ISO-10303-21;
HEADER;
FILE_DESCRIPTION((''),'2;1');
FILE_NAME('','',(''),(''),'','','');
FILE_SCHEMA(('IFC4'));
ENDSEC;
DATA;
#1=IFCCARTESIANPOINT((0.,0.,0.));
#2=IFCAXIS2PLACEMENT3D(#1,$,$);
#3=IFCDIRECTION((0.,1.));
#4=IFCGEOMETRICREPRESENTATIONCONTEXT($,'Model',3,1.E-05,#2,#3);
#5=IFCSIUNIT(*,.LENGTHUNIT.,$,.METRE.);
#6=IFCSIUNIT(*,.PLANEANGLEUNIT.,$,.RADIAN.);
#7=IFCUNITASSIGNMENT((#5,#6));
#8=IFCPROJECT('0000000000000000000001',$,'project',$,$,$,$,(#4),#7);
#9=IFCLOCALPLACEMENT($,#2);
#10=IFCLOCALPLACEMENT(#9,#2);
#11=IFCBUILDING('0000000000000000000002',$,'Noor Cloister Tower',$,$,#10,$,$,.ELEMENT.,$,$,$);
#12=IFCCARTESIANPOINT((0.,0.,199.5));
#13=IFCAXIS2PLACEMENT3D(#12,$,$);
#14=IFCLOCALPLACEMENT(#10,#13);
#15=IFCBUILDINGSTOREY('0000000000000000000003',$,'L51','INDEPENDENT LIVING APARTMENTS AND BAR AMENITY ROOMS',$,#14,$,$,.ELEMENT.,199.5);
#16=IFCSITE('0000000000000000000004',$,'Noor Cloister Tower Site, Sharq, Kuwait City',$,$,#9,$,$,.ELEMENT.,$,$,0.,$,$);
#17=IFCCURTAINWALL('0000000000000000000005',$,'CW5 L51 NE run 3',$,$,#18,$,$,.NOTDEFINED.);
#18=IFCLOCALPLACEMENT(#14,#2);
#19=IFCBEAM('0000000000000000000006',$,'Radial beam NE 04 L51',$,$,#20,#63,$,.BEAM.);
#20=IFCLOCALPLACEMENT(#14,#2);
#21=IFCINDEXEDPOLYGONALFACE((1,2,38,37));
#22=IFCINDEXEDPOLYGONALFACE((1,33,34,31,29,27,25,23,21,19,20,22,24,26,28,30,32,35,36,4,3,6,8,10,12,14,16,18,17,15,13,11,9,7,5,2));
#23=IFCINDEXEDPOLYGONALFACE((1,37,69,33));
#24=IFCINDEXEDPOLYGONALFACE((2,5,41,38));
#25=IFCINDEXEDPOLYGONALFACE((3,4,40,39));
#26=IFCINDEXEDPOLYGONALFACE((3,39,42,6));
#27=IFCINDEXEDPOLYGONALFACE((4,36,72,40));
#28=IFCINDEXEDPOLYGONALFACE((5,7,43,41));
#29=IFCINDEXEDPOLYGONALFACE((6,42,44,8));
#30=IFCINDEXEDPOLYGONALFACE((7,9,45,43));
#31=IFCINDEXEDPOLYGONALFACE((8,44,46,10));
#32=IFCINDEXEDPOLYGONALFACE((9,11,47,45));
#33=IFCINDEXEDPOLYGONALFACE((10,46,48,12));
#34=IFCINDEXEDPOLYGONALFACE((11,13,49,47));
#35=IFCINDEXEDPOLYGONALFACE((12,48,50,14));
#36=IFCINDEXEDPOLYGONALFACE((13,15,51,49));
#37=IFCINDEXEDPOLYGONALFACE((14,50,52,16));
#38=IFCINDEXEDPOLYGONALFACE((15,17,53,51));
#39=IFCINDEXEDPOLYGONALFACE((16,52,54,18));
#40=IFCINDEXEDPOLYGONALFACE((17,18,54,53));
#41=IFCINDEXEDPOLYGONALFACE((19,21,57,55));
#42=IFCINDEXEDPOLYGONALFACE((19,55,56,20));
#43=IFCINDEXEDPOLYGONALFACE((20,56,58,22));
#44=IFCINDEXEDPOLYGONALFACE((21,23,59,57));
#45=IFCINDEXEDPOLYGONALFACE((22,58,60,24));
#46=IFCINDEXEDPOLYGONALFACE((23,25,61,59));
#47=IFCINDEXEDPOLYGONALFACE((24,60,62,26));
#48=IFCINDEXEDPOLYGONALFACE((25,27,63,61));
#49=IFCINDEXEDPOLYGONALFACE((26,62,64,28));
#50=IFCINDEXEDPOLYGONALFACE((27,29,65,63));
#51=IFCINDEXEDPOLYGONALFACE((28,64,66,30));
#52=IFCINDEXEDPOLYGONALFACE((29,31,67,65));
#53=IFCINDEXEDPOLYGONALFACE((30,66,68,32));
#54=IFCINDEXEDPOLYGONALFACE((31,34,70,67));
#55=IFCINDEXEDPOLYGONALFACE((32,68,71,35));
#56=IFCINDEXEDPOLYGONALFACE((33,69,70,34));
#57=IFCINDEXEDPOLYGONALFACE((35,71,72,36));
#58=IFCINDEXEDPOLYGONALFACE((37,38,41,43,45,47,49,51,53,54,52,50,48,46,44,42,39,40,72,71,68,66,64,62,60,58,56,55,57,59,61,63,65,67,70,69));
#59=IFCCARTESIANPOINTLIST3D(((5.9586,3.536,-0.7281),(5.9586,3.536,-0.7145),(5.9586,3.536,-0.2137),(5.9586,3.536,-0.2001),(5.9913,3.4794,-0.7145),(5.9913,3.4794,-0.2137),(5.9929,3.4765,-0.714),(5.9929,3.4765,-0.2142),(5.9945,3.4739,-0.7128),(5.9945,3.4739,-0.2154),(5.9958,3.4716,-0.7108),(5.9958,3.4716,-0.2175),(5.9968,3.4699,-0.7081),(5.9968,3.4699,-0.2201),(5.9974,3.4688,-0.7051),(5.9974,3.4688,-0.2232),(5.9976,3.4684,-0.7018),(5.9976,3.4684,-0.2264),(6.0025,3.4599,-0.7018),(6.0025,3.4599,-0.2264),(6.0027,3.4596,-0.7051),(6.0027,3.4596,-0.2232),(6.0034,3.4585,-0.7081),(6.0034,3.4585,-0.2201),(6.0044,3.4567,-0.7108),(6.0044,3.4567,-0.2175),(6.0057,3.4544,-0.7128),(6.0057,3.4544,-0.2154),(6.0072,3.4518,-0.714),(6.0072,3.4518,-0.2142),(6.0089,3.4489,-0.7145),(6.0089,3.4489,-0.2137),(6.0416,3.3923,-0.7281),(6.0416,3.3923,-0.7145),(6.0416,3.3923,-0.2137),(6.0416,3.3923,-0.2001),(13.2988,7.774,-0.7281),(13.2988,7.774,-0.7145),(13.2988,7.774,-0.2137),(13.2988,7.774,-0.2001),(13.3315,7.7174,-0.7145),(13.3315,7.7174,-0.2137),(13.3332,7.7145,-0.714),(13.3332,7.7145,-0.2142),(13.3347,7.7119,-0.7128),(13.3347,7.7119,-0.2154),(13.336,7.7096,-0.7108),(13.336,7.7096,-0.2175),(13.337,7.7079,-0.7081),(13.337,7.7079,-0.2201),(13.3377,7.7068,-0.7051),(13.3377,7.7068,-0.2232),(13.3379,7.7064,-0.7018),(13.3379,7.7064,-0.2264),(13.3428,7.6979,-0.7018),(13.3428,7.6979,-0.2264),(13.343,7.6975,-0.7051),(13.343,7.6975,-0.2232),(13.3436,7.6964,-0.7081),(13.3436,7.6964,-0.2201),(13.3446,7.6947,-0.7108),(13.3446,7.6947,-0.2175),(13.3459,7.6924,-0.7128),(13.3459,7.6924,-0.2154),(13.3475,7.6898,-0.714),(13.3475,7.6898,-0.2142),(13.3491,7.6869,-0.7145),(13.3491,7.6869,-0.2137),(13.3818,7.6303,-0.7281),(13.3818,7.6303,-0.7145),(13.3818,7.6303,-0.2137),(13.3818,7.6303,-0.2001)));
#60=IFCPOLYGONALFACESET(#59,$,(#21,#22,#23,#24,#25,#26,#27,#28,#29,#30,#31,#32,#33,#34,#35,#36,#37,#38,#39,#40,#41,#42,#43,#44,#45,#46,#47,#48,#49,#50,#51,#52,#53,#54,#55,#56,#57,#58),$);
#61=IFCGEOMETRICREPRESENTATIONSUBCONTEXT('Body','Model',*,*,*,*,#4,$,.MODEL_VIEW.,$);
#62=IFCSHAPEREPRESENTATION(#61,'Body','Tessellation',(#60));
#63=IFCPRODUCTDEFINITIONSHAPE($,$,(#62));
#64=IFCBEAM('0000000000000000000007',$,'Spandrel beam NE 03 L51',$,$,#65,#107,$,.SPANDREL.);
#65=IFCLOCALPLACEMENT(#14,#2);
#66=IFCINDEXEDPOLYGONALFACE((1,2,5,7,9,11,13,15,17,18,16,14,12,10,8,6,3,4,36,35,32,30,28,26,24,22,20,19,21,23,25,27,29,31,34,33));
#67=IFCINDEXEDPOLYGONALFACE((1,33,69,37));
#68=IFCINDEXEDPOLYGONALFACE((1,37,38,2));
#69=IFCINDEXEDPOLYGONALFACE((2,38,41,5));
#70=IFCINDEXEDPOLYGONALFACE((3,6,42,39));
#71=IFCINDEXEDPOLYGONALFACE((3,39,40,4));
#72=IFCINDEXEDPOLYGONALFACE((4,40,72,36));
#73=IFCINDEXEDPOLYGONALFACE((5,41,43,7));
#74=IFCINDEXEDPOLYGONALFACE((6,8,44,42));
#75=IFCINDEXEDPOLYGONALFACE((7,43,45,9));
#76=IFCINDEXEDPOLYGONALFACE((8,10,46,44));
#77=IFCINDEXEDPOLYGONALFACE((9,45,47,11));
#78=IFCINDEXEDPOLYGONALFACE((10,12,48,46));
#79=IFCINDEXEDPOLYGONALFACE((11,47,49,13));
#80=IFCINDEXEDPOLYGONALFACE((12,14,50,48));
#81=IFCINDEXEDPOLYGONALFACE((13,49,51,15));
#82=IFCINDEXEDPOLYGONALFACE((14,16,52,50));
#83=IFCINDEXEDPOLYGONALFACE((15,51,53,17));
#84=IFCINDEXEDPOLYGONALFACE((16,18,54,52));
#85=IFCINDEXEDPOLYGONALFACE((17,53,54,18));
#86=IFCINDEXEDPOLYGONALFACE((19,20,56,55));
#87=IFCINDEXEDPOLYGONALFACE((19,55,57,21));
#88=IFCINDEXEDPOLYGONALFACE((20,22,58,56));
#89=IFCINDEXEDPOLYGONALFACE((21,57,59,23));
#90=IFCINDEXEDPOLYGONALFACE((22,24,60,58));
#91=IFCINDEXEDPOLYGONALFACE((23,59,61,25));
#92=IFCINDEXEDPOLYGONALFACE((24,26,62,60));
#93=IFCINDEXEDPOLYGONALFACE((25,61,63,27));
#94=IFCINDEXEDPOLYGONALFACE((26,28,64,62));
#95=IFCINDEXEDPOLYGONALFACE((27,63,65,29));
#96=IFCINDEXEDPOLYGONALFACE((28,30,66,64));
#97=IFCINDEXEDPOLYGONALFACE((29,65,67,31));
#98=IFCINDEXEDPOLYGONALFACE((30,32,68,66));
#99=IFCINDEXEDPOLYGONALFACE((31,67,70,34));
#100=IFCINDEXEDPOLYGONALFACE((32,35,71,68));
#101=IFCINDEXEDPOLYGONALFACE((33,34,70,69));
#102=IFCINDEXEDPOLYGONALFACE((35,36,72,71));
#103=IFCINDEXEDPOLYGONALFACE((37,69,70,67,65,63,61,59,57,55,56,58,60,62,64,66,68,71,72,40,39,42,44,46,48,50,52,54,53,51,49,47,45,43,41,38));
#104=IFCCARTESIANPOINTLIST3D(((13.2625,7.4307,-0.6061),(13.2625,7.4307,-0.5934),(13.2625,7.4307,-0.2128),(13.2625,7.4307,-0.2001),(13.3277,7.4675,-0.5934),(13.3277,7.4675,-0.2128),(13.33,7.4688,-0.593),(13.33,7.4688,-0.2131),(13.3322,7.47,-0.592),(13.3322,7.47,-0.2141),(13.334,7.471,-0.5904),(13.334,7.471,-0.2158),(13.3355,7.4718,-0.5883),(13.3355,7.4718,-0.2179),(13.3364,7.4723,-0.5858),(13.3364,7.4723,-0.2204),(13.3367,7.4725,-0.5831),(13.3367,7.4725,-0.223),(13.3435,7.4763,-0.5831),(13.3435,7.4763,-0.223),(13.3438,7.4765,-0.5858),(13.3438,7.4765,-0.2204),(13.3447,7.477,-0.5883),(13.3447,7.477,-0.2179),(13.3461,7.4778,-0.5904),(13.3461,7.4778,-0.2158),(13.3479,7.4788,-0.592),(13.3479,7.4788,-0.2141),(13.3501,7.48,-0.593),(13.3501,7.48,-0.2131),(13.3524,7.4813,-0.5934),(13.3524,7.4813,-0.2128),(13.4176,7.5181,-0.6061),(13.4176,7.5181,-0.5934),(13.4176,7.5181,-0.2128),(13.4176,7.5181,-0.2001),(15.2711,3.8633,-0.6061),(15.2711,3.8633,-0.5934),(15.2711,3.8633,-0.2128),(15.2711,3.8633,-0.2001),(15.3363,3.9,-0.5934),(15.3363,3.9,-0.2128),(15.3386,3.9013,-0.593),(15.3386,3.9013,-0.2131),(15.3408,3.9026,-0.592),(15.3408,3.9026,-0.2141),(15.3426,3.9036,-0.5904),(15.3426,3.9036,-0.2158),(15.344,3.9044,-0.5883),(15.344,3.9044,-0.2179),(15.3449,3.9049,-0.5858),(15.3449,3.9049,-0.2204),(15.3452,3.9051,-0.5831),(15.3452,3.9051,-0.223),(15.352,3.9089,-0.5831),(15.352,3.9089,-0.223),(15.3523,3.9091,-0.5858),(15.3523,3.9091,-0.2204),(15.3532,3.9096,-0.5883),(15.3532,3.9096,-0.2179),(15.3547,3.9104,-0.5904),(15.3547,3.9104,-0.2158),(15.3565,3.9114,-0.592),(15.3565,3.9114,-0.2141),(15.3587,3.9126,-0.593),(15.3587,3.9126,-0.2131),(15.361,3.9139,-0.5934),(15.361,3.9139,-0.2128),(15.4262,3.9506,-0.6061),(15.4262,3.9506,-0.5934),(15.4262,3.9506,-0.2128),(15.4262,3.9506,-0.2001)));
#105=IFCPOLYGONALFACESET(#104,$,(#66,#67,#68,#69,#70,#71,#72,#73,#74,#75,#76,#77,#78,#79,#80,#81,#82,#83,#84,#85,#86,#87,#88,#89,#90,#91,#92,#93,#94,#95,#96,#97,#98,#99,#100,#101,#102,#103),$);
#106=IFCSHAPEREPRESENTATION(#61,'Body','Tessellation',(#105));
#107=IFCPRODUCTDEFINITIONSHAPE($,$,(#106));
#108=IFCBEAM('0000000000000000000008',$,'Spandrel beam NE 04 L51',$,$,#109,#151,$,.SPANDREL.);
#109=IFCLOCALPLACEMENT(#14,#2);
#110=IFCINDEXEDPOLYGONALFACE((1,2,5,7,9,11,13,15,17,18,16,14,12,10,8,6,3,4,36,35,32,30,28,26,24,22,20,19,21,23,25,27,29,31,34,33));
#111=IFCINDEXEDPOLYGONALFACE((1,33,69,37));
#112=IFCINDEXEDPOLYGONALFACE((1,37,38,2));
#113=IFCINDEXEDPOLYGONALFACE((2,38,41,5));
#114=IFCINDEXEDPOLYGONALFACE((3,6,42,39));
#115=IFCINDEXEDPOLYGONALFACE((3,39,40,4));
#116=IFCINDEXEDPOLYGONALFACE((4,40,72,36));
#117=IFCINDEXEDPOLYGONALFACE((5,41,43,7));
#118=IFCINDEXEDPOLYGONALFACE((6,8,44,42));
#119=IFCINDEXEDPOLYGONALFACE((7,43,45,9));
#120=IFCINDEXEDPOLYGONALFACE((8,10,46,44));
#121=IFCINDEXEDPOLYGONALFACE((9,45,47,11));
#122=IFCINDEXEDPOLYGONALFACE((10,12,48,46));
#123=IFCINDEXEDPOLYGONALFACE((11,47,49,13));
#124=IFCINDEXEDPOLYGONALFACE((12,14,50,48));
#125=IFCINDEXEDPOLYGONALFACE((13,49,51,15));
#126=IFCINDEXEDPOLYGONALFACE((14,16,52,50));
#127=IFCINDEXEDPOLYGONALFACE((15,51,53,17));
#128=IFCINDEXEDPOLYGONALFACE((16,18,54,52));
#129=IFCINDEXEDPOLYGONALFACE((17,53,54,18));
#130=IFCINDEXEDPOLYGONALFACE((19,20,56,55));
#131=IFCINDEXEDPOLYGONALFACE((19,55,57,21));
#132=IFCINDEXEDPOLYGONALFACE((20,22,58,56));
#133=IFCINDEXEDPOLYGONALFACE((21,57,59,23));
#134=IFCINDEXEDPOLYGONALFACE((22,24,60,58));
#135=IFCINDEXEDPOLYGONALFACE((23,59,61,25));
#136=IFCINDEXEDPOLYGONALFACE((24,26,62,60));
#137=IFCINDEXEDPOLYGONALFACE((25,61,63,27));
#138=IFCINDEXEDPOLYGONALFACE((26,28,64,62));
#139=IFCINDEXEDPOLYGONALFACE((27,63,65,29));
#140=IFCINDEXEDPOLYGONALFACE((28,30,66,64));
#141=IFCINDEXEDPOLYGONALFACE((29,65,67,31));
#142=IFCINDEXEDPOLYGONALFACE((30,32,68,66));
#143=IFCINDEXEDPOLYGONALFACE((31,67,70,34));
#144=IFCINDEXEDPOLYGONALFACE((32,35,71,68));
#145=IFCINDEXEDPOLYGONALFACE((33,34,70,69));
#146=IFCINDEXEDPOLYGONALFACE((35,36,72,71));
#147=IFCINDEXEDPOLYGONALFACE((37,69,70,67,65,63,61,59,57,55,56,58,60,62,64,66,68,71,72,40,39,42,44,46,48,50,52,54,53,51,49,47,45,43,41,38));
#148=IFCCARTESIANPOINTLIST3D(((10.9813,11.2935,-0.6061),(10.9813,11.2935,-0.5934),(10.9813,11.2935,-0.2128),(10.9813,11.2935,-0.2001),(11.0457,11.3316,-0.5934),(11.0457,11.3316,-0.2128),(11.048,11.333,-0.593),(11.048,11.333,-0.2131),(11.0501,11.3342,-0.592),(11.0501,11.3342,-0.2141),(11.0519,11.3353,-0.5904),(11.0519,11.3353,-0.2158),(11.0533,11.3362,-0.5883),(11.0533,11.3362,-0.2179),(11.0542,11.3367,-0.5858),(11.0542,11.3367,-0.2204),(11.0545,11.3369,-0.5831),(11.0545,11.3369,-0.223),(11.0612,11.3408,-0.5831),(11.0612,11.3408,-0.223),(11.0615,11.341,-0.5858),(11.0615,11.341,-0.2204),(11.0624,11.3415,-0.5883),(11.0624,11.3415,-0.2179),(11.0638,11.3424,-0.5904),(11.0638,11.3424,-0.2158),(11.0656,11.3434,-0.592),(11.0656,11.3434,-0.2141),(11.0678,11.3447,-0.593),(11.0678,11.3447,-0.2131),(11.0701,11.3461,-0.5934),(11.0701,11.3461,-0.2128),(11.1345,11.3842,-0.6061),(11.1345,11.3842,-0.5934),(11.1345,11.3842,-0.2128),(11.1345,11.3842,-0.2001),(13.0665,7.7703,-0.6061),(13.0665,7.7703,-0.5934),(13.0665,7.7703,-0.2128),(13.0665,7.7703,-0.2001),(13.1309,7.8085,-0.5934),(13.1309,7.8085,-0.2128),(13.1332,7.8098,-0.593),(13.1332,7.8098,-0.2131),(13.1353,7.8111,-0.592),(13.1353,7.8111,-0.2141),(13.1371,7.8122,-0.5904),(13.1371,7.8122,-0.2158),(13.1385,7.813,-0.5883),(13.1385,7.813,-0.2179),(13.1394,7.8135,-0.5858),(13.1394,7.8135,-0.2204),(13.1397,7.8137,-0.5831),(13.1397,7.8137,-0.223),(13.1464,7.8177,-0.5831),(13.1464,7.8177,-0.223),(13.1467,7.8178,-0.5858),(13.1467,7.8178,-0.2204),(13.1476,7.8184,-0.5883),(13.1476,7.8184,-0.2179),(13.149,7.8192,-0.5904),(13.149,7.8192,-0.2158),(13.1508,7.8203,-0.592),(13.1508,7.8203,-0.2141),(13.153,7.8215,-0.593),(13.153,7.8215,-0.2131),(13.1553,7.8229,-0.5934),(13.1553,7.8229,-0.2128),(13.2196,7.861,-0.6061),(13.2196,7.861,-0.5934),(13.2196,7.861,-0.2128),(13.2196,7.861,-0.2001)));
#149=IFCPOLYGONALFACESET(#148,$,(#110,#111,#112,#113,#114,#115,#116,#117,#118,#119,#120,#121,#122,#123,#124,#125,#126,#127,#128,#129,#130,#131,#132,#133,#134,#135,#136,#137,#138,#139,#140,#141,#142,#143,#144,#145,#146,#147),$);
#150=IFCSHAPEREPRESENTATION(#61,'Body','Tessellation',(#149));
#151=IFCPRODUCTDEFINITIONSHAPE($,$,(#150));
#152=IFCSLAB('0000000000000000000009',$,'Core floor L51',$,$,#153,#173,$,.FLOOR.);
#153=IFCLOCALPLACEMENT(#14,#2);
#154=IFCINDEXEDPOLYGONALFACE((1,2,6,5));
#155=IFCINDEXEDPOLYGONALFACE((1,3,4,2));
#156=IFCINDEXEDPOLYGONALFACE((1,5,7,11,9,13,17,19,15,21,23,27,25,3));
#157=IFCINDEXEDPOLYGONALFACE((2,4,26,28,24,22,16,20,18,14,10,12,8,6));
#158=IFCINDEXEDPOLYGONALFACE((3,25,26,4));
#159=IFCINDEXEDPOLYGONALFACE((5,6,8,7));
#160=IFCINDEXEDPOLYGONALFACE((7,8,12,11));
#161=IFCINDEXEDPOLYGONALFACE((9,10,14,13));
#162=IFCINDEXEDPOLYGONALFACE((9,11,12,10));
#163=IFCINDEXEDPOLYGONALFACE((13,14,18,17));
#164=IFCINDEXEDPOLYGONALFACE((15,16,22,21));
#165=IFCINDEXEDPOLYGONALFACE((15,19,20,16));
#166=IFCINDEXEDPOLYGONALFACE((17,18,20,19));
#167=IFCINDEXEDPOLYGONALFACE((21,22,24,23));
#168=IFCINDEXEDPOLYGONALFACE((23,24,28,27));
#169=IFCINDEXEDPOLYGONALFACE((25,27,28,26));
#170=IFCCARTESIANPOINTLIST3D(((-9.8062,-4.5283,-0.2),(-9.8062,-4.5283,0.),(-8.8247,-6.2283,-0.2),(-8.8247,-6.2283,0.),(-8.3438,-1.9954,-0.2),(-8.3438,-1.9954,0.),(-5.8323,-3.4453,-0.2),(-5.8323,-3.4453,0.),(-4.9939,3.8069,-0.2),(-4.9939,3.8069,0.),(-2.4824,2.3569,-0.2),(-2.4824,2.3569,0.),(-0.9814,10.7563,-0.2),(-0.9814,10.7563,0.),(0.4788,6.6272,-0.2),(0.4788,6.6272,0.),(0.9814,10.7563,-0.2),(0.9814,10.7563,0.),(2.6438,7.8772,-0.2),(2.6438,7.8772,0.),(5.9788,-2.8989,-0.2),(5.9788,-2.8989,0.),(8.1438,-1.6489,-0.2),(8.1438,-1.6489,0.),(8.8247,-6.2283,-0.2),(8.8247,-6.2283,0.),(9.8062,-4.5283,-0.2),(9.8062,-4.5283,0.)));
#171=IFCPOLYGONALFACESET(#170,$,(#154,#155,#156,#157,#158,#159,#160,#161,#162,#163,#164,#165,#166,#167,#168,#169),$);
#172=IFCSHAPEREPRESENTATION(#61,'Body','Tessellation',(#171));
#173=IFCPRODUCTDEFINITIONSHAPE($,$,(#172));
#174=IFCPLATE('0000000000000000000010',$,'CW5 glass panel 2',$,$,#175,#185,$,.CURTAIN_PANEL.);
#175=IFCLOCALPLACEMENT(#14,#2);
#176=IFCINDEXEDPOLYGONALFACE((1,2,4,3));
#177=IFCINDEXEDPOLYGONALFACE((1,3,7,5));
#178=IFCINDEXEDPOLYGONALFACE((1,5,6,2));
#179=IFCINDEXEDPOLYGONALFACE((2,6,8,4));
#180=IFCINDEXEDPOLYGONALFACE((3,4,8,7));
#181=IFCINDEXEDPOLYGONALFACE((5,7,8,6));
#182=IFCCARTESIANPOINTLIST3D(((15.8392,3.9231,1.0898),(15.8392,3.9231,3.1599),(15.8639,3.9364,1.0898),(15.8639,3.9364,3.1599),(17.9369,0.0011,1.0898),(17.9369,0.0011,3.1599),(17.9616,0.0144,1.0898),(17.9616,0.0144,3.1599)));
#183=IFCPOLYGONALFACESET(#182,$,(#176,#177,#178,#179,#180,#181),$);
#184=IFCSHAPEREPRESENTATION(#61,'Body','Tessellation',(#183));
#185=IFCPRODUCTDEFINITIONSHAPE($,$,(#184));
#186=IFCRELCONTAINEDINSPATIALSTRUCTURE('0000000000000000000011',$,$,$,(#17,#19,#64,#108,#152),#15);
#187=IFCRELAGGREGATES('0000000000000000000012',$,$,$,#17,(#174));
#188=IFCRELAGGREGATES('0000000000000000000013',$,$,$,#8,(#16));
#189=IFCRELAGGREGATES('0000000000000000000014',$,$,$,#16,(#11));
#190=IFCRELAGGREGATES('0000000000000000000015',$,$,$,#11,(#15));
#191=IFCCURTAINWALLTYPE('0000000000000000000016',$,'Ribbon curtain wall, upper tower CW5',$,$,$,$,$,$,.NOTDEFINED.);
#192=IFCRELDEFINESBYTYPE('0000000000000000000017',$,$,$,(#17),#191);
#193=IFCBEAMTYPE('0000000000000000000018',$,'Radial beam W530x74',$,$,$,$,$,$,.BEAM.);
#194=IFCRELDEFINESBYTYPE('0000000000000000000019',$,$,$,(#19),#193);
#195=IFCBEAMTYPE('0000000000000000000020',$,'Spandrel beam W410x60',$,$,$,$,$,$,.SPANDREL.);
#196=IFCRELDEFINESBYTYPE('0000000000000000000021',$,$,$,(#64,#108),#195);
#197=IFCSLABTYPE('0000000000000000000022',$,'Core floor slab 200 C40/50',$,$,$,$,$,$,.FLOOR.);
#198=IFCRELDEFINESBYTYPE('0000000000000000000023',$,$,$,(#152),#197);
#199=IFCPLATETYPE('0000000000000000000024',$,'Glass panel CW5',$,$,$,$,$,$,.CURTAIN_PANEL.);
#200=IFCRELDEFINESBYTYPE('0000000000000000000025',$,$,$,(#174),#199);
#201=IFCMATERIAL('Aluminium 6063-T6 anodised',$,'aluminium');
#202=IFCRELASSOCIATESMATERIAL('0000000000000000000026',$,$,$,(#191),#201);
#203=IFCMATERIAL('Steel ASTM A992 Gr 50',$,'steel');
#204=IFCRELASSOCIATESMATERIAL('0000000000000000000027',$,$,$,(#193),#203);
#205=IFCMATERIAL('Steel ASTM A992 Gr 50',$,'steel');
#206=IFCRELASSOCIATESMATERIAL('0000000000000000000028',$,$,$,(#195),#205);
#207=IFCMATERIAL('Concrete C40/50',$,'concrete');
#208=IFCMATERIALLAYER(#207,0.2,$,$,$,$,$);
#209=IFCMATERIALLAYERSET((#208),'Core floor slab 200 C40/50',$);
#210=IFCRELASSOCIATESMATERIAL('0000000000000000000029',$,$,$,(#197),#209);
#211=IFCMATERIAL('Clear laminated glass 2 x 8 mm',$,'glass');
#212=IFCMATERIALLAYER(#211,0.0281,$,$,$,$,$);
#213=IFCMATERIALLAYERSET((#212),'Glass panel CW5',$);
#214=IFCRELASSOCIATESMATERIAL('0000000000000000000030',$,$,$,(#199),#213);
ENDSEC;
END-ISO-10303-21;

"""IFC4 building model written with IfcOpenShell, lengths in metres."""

from ifc_helpers import new_model, si_unit, direction, frame, origin, origin_2d, place, context, subcontext, project, spatial, polyline, rectangle, i_section, outline, extrude, material, layer, layer_set, material_profile, profile_set, type_object, element, aggregate, save


model = new_model("IFC4")

# Units and contexts
model_context = context("Model", 3, precision=1e-05, world=origin(), true_north=direction((0.0, 1.0)))
body_context = subcontext(model_context, "Body", "Model", "MODEL_VIEW")
ifc_project = project(units=[si_unit("LENGTHUNIT", "METRE"), si_unit("PLANEANGLEUNIT", "RADIAN")], contexts=[model_context])

# Site, building, storey
site_placement = place(None, origin())
site = spatial("IfcSite", under=ifc_project, at=site_placement, Name="Noor Cloister Tower Site, Sharq, Kuwait City", CompositionType="ELEMENT", RefElevation=0.0)
building_placement = place(site_placement, origin())
building = spatial("IfcBuilding", under=site, at=building_placement, Name="Noor Cloister Tower", CompositionType="ELEMENT")
storey_placement = place(building_placement, frame((0.0, 0.0, 199.5)))
storey = spatial("IfcBuildingStorey", under=building, at=storey_placement, Name="L51", Description="INDEPENDENT LIVING APARTMENTS AND BAR AMENITY ROOMS", CompositionType="ELEMENT", Elevation=199.5)

# Curtain wall
ifc_material_1 = material(Name="Aluminium 6063-T6 anodised", Category="aluminium")
curtain_wall_type = type_object("IfcCurtainWallType", Name="Ribbon curtain wall, upper tower CW5", PredefinedType="NOTDEFINED", material=ifc_material_1)
curtain_wall_placement = place(storey_placement, origin())
curtain_wall = element("IfcCurtainWall", 1, at=curtain_wall_placement, inside=storey, type_object=curtain_wall_type, Name="CW5 L51 NE run 3", PredefinedType="NOTDEFINED")

# Beams
ifc_material_2 = material(Name="Steel ASTM A992 Gr 50", Category="steel")
ifc_material_profile_1 = material_profile(ifc_material_2, i_section(OverallWidth=0.166, OverallDepth=0.5281, WebThickness=0.0098, FlangeThickness=0.0137, FilletRadius=0.0127, at=origin_2d()), Name="W530x74")
ifc_profile_set_1 = profile_set([ifc_material_profile_1], Name="Steel ASTM A992 Gr 50")
beam_type_1 = type_object("IfcBeamType", Name="Radial beam W530x74", PredefinedType="BEAM", material=ifc_profile_set_1)
beam_1_placement = place(storey_placement, frame((13.3403, 7.7021, -0.4641), z_axis=(-0.866021, -0.500008, 0.0), x_axis=(0.500008, -0.866021, 0.0)))
element("IfcBeam", 2, at=beam_1_placement, inside=storey, type_object=beam_type_1, Name="Radial beam NE 04 L51", PredefinedType="BEAM", context=body_context, shape_type="SweptSolid", body=[
    extrude(i_section(OverallWidth=0.166, OverallDepth=0.5281, WebThickness=0.0098, FlangeThickness=0.0137, FilletRadius=0.0127, at=origin_2d()), origin(), (0.0, 0.0, 1.0), 8.4758),
])
ifc_material_3 = material(Name="Steel ASTM A992 Gr 50", Category="steel")
ifc_material_profile_2 = material_profile(ifc_material_3, i_section(OverallWidth=0.178, OverallDepth=0.406, WebThickness=0.0078, FlangeThickness=0.0127, FilletRadius=0.0103, at=origin_2d()), Name="W410x60")
ifc_profile_set_2 = profile_set([ifc_material_profile_2], Name="Steel ASTM A992 Gr 50")
beam_type_2 = type_object("IfcBeamType", Name="Spandrel beam W410x60", PredefinedType="SPANDREL", material=ifc_profile_set_2)
for number, where, z_axis, x_axis, name in (
    (3, (15.3486, 3.907, -0.4031), (-0.490612, 0.871378, 0.0), (-0.871378, -0.490612, 0.0), "Spandrel beam NE 03 L51"),
    (4, (13.1431, 7.8157, -0.4031), (-0.50933, 0.860571, 0.0), (-0.860571, -0.50933, 0.0), "Spandrel beam NE 04 L51"),
):
    element("IfcBeam", number, at=place(storey_placement, frame(where, z_axis=z_axis, x_axis=x_axis)), inside=storey, type_object=beam_type_2, Name=name, PredefinedType="SPANDREL", context=body_context, shape_type="SweptSolid", body=[
        extrude(i_section(OverallWidth=0.178, OverallDepth=0.406, WebThickness=0.0078, FlangeThickness=0.0127, FilletRadius=0.0103, at=origin_2d()), origin(), (0.0, 0.0, 1.0), 4.094),
    ])

# Slab
ifc_material_4 = material(Name="Concrete C40/50", Category="concrete")
ifc_layer_1 = layer(ifc_material_4, 0.2)
ifc_layer_set_1 = layer_set([ifc_layer_1], Name="Core floor slab 200 C40/50")
slab_type_1 = type_object("IfcSlabType", Name="Core floor slab 200 C40/50", PredefinedType="FLOOR", material=ifc_layer_set_1)
slab_1_placement = place(storey_placement, frame((0.0, 0.0, -0.2)))
element("IfcSlab", 5, at=slab_1_placement, inside=storey, type_object=slab_type_1, Name="Core floor L51", PredefinedType="FLOOR", context=body_context, shape_type="SweptSolid", body=[
    extrude(outline(polyline([(2.6438, 7.8772), (0.9814, 10.7563), (-0.9814, 10.7563), (-4.9939, 3.8069), (-2.4824, 2.3569), (-5.8323, -3.4453), (-8.3438, -1.9954), (-9.8062, -4.5283), (-8.8247, -6.2283), (8.8247, -6.2283), (9.8062, -4.5283), (8.1438, -1.6489), (5.9788, -2.8989), (0.4788, 6.6272), (2.6438, 7.8772)])), origin(), (0.0, 0.0, 1.0), 0.2),
])

# Plate
ifc_material_5 = material(Name="Clear laminated glass 2 x 8 mm", Category="glass")
ifc_layer_2 = layer(ifc_material_5, 0.0281)
ifc_layer_set_2 = layer_set([ifc_layer_2], Name="Glass panel CW5")
plate_type = type_object("IfcPlateType", Name="Glass panel CW5", PredefinedType="CURTAIN_PANEL", material=ifc_layer_set_2)
plate_1_placement = place(storey_placement, frame((16.9004, 1.9688, 1.0898), z_axis=(0.0, 0.0, 1.0), x_axis=(-0.47163, 0.881797, 0.0)))
plate_1 = element("IfcPlate", 6, at=plate_1_placement, type_object=plate_type, Name="CW5 glass panel 2", PredefinedType="CURTAIN_PANEL", context=body_context, shape_type="SweptSolid", body=[
    extrude(rectangle(XDim=4.4478, YDim=0.0281, at=origin_2d()), origin(), (0.0, 0.0, 1.0), 2.0701),
])
aggregate(curtain_wall, [plate_1])

save(model, "model.ifc")
